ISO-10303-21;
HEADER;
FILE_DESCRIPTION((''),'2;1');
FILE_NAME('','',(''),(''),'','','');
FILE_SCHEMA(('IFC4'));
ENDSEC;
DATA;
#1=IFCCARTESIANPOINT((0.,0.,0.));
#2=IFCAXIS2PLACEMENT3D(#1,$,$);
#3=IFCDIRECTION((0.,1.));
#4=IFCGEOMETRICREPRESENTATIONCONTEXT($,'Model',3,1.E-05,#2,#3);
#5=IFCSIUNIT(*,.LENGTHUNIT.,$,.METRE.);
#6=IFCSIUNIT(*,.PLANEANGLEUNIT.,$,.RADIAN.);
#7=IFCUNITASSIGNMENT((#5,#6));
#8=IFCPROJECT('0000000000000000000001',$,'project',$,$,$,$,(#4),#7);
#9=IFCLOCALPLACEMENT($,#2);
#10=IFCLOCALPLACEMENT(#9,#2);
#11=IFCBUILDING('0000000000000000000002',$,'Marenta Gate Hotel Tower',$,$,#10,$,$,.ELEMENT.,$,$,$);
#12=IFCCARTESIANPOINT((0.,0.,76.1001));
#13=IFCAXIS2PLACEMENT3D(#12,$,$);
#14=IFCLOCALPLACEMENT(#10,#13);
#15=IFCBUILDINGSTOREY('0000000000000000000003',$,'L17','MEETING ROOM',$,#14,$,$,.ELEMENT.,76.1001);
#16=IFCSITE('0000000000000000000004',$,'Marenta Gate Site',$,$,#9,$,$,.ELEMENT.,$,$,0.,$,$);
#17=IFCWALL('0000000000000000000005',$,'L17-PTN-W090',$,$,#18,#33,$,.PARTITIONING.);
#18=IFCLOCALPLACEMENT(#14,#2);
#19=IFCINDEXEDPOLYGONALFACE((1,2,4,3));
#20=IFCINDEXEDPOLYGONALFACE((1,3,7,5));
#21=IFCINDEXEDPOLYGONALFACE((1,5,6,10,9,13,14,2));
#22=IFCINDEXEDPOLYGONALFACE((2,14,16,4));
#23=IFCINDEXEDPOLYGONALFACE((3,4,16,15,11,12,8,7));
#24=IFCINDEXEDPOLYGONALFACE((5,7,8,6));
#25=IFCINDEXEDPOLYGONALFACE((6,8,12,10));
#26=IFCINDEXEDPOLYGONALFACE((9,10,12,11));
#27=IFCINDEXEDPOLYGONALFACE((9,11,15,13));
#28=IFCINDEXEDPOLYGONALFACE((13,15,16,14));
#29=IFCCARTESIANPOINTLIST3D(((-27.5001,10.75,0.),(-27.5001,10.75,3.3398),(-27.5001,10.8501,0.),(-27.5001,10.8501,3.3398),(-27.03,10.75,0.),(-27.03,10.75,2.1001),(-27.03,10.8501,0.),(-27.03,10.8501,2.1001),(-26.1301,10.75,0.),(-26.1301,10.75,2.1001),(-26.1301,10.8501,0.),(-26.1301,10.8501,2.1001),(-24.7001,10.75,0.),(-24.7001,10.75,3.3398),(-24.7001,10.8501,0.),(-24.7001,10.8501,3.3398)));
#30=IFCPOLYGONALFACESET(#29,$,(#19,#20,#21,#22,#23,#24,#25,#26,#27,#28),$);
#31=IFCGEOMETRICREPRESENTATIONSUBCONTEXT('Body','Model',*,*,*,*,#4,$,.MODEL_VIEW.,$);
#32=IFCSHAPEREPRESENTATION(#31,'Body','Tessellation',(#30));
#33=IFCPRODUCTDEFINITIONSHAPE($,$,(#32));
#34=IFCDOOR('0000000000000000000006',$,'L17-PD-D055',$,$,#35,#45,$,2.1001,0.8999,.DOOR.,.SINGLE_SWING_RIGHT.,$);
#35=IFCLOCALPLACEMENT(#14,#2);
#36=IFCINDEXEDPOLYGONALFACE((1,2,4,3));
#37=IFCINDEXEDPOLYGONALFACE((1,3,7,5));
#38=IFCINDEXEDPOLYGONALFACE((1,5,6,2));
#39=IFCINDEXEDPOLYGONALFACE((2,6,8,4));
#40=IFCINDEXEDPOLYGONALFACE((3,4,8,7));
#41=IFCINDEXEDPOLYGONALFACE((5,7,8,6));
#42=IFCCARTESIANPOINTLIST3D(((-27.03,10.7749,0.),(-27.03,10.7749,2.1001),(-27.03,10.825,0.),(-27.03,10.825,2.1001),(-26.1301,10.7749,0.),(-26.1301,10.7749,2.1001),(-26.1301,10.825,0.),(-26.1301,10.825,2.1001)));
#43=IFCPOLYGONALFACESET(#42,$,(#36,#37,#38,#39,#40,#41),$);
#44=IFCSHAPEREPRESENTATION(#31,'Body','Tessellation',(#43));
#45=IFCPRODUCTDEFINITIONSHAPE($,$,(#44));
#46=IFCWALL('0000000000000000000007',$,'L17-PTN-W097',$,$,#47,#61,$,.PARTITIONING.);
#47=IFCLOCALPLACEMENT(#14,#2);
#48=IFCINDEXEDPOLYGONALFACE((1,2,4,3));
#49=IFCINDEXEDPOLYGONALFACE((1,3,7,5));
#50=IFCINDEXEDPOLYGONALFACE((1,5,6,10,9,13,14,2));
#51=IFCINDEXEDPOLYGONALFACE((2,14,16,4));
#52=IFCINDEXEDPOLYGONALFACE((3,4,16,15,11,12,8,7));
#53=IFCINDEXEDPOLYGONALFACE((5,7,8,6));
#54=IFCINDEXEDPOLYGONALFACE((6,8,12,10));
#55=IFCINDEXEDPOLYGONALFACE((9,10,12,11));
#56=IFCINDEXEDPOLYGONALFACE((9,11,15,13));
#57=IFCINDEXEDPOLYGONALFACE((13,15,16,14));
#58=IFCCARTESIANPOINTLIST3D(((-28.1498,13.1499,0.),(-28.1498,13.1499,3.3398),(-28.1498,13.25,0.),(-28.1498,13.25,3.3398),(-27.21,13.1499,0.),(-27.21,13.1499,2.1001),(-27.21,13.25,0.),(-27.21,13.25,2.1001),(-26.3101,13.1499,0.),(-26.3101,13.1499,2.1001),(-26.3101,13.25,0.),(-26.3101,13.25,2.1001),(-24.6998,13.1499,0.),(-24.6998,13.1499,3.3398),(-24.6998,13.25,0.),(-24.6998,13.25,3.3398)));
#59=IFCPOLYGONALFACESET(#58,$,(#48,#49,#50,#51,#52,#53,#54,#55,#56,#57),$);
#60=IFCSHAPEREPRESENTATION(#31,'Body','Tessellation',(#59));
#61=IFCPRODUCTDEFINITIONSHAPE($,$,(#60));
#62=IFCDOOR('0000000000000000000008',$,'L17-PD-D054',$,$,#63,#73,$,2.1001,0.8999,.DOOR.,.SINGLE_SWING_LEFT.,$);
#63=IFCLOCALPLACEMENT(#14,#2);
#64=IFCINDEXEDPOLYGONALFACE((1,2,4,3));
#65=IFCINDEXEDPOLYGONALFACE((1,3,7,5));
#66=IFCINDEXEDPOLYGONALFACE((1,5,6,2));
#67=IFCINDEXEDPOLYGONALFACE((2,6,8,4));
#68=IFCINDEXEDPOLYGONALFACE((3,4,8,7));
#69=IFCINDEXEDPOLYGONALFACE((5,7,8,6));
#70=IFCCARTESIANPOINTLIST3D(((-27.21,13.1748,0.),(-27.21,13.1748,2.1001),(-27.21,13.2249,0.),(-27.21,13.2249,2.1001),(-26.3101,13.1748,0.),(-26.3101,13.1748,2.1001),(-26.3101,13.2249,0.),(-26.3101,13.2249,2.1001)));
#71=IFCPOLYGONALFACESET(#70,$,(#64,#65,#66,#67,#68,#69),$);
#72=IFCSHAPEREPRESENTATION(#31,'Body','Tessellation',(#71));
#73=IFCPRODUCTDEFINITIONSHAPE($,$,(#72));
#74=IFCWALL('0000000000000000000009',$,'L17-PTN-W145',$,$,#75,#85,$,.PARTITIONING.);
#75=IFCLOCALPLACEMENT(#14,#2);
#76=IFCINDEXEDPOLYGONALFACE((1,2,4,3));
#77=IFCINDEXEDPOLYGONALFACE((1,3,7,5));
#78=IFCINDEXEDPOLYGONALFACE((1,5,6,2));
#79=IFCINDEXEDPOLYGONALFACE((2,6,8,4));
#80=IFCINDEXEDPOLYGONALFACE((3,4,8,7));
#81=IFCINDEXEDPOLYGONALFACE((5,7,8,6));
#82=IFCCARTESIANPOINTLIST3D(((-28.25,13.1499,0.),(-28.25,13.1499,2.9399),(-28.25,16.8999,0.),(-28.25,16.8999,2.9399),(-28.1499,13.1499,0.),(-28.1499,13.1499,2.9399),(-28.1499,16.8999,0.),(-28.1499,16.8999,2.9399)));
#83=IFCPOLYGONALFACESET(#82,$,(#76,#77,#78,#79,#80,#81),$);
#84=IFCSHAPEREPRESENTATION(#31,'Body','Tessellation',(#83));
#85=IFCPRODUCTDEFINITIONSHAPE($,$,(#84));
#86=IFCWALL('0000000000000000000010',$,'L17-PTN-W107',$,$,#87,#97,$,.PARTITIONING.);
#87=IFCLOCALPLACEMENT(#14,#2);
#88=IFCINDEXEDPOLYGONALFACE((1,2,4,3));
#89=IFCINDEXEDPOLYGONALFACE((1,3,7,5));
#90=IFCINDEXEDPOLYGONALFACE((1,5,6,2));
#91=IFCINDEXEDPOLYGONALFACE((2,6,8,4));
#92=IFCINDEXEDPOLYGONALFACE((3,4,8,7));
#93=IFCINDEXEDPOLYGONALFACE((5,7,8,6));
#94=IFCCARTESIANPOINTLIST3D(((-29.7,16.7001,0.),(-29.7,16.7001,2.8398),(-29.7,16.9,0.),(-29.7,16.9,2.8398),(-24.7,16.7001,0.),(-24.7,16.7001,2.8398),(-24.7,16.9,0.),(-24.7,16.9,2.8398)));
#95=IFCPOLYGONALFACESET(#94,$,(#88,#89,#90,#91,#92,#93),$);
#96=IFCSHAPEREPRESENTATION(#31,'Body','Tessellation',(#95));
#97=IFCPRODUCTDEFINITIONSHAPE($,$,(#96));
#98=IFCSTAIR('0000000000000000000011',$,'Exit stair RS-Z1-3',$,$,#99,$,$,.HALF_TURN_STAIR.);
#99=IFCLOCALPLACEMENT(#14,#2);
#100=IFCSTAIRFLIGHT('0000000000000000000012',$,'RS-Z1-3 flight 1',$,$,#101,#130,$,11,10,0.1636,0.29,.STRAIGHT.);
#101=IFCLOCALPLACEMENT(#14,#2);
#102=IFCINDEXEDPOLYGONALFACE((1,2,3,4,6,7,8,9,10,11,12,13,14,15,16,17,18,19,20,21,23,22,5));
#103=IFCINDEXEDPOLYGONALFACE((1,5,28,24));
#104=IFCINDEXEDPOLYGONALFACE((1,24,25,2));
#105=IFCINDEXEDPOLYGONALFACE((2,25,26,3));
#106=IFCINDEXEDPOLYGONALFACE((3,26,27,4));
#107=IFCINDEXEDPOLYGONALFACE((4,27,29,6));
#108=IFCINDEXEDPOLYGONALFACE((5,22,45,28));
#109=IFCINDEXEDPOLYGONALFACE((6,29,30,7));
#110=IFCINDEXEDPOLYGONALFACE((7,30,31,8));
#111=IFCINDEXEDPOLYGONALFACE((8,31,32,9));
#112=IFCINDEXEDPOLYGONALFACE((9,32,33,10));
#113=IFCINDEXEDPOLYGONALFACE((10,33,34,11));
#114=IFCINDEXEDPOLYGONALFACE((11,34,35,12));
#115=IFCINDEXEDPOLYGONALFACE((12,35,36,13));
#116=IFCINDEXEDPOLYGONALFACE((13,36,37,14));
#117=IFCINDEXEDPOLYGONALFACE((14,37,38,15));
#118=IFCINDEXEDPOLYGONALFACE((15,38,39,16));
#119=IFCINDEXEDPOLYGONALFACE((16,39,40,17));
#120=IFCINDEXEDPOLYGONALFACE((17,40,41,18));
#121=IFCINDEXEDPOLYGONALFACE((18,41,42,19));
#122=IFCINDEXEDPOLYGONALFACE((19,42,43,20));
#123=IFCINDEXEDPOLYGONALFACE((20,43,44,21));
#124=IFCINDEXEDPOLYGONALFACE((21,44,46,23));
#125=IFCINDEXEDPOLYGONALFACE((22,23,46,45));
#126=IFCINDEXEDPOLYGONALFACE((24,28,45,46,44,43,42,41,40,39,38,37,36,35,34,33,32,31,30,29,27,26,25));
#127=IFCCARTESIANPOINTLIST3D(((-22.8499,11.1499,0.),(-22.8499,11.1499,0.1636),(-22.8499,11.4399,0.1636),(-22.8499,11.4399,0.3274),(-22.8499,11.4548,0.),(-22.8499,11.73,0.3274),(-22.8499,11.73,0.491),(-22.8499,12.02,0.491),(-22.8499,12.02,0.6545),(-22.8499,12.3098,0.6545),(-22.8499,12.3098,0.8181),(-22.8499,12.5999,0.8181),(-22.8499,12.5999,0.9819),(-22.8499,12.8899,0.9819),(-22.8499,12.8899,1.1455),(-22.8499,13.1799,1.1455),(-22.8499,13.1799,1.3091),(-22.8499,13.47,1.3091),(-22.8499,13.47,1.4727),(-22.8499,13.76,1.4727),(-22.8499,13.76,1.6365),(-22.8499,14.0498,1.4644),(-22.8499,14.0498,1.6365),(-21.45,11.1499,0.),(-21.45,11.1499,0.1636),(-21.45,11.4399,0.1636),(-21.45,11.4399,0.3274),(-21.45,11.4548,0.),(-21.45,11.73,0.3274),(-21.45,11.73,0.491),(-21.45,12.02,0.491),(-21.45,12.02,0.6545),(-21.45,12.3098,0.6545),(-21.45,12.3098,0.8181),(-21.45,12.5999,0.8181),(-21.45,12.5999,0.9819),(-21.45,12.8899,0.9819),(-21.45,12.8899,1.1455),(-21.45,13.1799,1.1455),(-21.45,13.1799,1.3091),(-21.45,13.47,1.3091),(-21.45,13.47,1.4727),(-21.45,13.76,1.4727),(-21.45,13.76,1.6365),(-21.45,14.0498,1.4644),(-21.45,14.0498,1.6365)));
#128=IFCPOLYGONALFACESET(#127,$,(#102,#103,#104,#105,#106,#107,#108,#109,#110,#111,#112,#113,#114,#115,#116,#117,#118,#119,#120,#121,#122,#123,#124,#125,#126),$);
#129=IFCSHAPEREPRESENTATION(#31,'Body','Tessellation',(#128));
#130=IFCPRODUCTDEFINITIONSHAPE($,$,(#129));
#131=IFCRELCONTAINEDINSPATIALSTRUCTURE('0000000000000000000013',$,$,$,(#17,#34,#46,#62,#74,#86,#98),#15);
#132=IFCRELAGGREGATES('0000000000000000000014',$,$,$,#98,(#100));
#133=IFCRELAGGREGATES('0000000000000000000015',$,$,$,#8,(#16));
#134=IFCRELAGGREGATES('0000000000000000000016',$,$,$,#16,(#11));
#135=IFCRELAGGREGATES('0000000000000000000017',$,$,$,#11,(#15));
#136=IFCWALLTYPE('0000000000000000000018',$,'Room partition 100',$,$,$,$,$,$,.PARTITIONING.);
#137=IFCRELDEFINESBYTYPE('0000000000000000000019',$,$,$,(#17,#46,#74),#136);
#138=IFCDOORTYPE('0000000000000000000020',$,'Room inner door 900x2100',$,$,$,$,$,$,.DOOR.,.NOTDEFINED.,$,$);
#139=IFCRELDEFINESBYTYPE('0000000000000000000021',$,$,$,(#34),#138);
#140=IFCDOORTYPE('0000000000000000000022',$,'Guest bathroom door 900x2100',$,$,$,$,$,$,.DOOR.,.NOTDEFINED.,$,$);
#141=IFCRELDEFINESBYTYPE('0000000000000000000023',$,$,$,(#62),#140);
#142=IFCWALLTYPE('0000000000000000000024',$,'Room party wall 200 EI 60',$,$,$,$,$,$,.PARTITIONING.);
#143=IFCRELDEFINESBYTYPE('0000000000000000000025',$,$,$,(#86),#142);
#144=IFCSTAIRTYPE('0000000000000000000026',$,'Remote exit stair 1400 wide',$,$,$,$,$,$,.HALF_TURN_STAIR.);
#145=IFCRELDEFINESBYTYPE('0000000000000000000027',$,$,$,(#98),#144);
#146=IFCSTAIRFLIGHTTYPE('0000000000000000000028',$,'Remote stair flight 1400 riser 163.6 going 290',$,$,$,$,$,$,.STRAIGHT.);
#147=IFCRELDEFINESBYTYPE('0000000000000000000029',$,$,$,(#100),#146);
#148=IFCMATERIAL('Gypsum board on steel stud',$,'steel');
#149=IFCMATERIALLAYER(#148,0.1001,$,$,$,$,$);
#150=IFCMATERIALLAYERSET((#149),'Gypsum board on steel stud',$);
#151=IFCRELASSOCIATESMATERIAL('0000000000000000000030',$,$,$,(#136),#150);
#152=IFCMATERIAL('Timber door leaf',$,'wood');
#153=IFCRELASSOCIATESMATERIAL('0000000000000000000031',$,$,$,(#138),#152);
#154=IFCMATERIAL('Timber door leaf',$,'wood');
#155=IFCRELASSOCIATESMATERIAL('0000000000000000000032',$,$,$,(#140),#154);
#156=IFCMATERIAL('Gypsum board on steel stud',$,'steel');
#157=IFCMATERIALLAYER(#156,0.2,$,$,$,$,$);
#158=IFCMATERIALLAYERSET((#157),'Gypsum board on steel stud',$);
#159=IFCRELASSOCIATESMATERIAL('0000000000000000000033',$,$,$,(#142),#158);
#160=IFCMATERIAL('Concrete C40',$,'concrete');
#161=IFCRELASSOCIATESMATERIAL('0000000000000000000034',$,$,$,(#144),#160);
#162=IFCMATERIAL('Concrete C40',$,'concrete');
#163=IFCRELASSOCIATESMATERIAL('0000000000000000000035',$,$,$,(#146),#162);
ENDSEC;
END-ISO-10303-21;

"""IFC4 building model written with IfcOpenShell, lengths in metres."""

from ifc_helpers import new_model, si_unit, direction, frame, frame_2d, origin, place, context, subcontext, project, spatial, polyline, rectangle, outline, extrude, material, layer, layer_set, type_object, element, fill, aggregate, save


model = new_model("IFC4")

# Units and contexts
model_context = context("Model", 3, precision=1e-05, world=origin(), true_north=direction((0.0, 1.0)))
body_context = subcontext(model_context, "Body", "Model", "MODEL_VIEW")
ifc_project = project(units=[si_unit("LENGTHUNIT", "METRE"), si_unit("PLANEANGLEUNIT", "RADIAN")], contexts=[model_context])

# Site, building, storey
site_placement = place(None, origin())
site = spatial("IfcSite", under=ifc_project, at=site_placement, Name="Marenta Gate Site", CompositionType="ELEMENT", RefElevation=0.0)
building_placement = place(site_placement, origin())
building = spatial("IfcBuilding", under=site, at=building_placement, Name="Marenta Gate Hotel Tower", CompositionType="ELEMENT")
storey_placement = place(building_placement, frame((0.0, 0.0, 76.1001)))
storey = spatial("IfcBuildingStorey", under=building, at=storey_placement, Name="L17", Description="MEETING ROOM", CompositionType="ELEMENT", Elevation=76.1001)

# Walls, openings, doors
ifc_material_1 = material(Name="Gypsum board on steel stud", Category="steel")
ifc_layer_1 = layer(ifc_material_1, 0.1001)
ifc_layer_set_1 = layer_set([ifc_layer_1], Name="Gypsum board on steel stud")
wall_type_1 = type_object("IfcWallType", Name="Room partition 100", PredefinedType="PARTITIONING", material=ifc_layer_set_1)
wall_1_placement = place(storey_placement, frame((-27.5, 10.8, 0.0), z_axis=(0.0, 0.0, 1.0), x_axis=(1.0, 0.0, 0.0)))
wall_1 = element("IfcWall", 1, at=wall_1_placement, inside=storey, type_object=wall_type_1, Name="L17-PTN-W090", PredefinedType="PARTITIONING", context=body_context, shape_type="SweptSolid", body=[
    extrude(rectangle(XDim=2.8, YDim=0.1001, at=frame_2d((1.3999, 0.0))), origin(), (0.0, 0.0, 1.0), 3.3398),
])
opening_1_placement = place(wall_1_placement, frame((0.47, 0.0, 0.0)))
opening_1 = element("IfcOpeningElement", 2, at=opening_1_placement, cuts=wall_1, PredefinedType="OPENING", context=body_context, shape_type="SweptSolid", body=[
    extrude(rectangle(XDim=0.8999, YDim=2.1001, at=frame_2d((0.45, 1.05))), frame((0.0, 0.05, 0.0), z_axis=(0.0, -1.0, 0.0), x_axis=(1.0, 0.0, 0.0)), (0.0, 0.0, 1.0), 0.1001),
])
ifc_material_2 = material(Name="Timber door leaf", Category="wood")
door_type_1 = type_object("IfcDoorType", Name="Room inner door 900x2100", OperationType="NOTDEFINED", PredefinedType="DOOR", material=ifc_material_2)
door_1_placement = place(opening_1_placement, origin())
door_1 = element("IfcDoor", 3, at=door_1_placement, inside=storey, type_object=door_type_1, Name="L17-PD-D055", OperationType="SINGLE_SWING_RIGHT", OverallHeight=2.1001, OverallWidth=0.8999, PredefinedType="DOOR", context=body_context, shape_type="SweptSolid", body=[
    extrude(rectangle(XDim=0.8999, YDim=2.1001, at=frame_2d((0.45, 1.05))), frame((0.0, 0.0249, 0.0), z_axis=(0.0, -1.0, 0.0), x_axis=(1.0, 0.0, 0.0)), (0.0, 0.0, 1.0), 0.05),
])
fill(opening_1, door_1)
wall_2_placement = place(storey_placement, frame((-28.1499, 13.2, 0.0), z_axis=(0.0, 0.0, 1.0), x_axis=(1.0, 0.0, 0.0)))
wall_2 = element("IfcWall", 4, at=wall_2_placement, inside=storey, type_object=wall_type_1, Name="L17-PTN-W097", PredefinedType="PARTITIONING", context=body_context, shape_type="SweptSolid", body=[
    extrude(rectangle(XDim=3.45, YDim=0.1001, at=frame_2d((1.7251, 0.0))), origin(), (0.0, 0.0, 1.0), 3.3398),
])
opening_2_placement = place(wall_2_placement, frame((0.9399, 0.0, 0.0)))
opening_2 = element("IfcOpeningElement", 5, at=opening_2_placement, cuts=wall_2, PredefinedType="OPENING", context=body_context, shape_type="SweptSolid", body=[
    extrude(rectangle(XDim=0.8999, YDim=2.1001, at=frame_2d((0.45, 1.05))), frame((0.0, 0.05, 0.0), z_axis=(0.0, -1.0, 0.0), x_axis=(1.0, 0.0, 0.0)), (0.0, 0.0, 1.0), 0.1001),
])
ifc_material_3 = material(Name="Timber door leaf", Category="wood")
door_type_2 = type_object("IfcDoorType", Name="Guest bathroom door 900x2100", OperationType="NOTDEFINED", PredefinedType="DOOR", material=ifc_material_3)
door_2_placement = place(opening_2_placement, origin())
door_2 = element("IfcDoor", 6, at=door_2_placement, inside=storey, type_object=door_type_2, Name="L17-PD-D054", OperationType="SINGLE_SWING_LEFT", OverallHeight=2.1001, OverallWidth=0.8999, PredefinedType="DOOR", context=body_context, shape_type="SweptSolid", body=[
    extrude(rectangle(XDim=0.8999, YDim=2.1001, at=frame_2d((0.45, 1.05))), frame((0.0, 0.0249, 0.0), z_axis=(0.0, -1.0, 0.0), x_axis=(1.0, 0.0, 0.0)), (0.0, 0.0, 1.0), 0.05),
])
fill(opening_2, door_2)

# Walls
wall_3_placement = place(storey_placement, frame((-28.2, 13.1499, 0.0), z_axis=(0.0, 0.0, 1.0), x_axis=(0.0, 1.0, 0.0)))
element("IfcWall", 7, at=wall_3_placement, inside=storey, type_object=wall_type_1, Name="L17-PTN-W145", PredefinedType="PARTITIONING", context=body_context, shape_type="SweptSolid", body=[
    extrude(rectangle(XDim=3.75, YDim=0.1001, at=frame_2d((1.875, 0.0))), origin(), (0.0, 0.0, 1.0), 2.9399),
])
ifc_material_4 = material(Name="Gypsum board on steel stud", Category="steel")
ifc_layer_2 = layer(ifc_material_4, 0.2)
ifc_layer_set_2 = layer_set([ifc_layer_2], Name="Gypsum board on steel stud")
wall_type_2 = type_object("IfcWallType", Name="Room party wall 200 EI 60", PredefinedType="PARTITIONING", material=ifc_layer_set_2)
wall_4_placement = place(storey_placement, frame((-29.7, 16.8, 0.0), z_axis=(0.0, 0.0, 1.0), x_axis=(1.0, 0.0, 0.0)))
element("IfcWall", 8, at=wall_4_placement, inside=storey, type_object=wall_type_2, Name="L17-PTN-W107", PredefinedType="PARTITIONING", context=body_context, shape_type="SweptSolid", body=[
    extrude(rectangle(XDim=5.0, YDim=0.2, at=frame_2d((2.5, 0.0))), origin(), (0.0, 0.0, 1.0), 2.8398),
])

# Stair, stair flight
ifc_material_5 = material(Name="Concrete C40", Category="concrete")
stair_type = type_object("IfcStairType", Name="Remote exit stair 1400 wide", PredefinedType="HALF_TURN_STAIR", material=ifc_material_5)
stair_placement = place(storey_placement, origin())
stair = element("IfcStair", 9, at=stair_placement, inside=storey, type_object=stair_type, Name="Exit stair RS-Z1-3", PredefinedType="HALF_TURN_STAIR")
ifc_material_6 = material(Name="Concrete C40", Category="concrete")
stair_flight_type = type_object("IfcStairFlightType", Name="Remote stair flight 1400 riser 163.6 going 290", PredefinedType="STRAIGHT", material=ifc_material_6)
stair_flight_placement = place(storey_placement, frame((-22.1499, 11.1499, 0.0), z_axis=(0.0, 0.0, 1.0), x_axis=(0.0, 1.0, 0.0)))
stair_flight = element("IfcStairFlight", 10, at=stair_flight_placement, type_object=stair_flight_type, Name="RS-Z1-3 flight 1", NumberOfRisers=11, NumberOfTreads=10, PredefinedType="STRAIGHT", RiserHeight=0.1636, TreadLength=0.29, context=body_context, shape_type="SweptSolid", body=[
    extrude(outline(polyline([(0.0, 0.0), (0.0, 0.1636), (0.29, 0.1636), (0.29, 0.3274), (0.5801, 0.3274), (0.5801, 0.491), (0.8701, 0.491), (0.8701, 0.6545), (1.1599, 0.6545), (1.1599, 0.8181), (1.45, 0.8181), (1.45, 0.9819), (1.74, 0.9819), (1.74, 1.1455), (2.03, 1.1455), (2.03, 1.3091), (2.3201, 1.3091), (2.3201, 1.4727), (2.6101, 1.4727), (2.6101, 1.6365), (2.8999, 1.6365), (2.8999, 1.8), (2.8999, 1.4644), (0.3049, 0.0), (0.0, 0.0)])), frame((0.0, 0.7, 0.0), z_axis=(0.0, -1.0, 0.0), x_axis=(1.0, 0.0, 0.0)), (0.0, 0.0, 1.0), 1.3999),
])
aggregate(stair, [stair_flight])

save(model, "model.ifc")
